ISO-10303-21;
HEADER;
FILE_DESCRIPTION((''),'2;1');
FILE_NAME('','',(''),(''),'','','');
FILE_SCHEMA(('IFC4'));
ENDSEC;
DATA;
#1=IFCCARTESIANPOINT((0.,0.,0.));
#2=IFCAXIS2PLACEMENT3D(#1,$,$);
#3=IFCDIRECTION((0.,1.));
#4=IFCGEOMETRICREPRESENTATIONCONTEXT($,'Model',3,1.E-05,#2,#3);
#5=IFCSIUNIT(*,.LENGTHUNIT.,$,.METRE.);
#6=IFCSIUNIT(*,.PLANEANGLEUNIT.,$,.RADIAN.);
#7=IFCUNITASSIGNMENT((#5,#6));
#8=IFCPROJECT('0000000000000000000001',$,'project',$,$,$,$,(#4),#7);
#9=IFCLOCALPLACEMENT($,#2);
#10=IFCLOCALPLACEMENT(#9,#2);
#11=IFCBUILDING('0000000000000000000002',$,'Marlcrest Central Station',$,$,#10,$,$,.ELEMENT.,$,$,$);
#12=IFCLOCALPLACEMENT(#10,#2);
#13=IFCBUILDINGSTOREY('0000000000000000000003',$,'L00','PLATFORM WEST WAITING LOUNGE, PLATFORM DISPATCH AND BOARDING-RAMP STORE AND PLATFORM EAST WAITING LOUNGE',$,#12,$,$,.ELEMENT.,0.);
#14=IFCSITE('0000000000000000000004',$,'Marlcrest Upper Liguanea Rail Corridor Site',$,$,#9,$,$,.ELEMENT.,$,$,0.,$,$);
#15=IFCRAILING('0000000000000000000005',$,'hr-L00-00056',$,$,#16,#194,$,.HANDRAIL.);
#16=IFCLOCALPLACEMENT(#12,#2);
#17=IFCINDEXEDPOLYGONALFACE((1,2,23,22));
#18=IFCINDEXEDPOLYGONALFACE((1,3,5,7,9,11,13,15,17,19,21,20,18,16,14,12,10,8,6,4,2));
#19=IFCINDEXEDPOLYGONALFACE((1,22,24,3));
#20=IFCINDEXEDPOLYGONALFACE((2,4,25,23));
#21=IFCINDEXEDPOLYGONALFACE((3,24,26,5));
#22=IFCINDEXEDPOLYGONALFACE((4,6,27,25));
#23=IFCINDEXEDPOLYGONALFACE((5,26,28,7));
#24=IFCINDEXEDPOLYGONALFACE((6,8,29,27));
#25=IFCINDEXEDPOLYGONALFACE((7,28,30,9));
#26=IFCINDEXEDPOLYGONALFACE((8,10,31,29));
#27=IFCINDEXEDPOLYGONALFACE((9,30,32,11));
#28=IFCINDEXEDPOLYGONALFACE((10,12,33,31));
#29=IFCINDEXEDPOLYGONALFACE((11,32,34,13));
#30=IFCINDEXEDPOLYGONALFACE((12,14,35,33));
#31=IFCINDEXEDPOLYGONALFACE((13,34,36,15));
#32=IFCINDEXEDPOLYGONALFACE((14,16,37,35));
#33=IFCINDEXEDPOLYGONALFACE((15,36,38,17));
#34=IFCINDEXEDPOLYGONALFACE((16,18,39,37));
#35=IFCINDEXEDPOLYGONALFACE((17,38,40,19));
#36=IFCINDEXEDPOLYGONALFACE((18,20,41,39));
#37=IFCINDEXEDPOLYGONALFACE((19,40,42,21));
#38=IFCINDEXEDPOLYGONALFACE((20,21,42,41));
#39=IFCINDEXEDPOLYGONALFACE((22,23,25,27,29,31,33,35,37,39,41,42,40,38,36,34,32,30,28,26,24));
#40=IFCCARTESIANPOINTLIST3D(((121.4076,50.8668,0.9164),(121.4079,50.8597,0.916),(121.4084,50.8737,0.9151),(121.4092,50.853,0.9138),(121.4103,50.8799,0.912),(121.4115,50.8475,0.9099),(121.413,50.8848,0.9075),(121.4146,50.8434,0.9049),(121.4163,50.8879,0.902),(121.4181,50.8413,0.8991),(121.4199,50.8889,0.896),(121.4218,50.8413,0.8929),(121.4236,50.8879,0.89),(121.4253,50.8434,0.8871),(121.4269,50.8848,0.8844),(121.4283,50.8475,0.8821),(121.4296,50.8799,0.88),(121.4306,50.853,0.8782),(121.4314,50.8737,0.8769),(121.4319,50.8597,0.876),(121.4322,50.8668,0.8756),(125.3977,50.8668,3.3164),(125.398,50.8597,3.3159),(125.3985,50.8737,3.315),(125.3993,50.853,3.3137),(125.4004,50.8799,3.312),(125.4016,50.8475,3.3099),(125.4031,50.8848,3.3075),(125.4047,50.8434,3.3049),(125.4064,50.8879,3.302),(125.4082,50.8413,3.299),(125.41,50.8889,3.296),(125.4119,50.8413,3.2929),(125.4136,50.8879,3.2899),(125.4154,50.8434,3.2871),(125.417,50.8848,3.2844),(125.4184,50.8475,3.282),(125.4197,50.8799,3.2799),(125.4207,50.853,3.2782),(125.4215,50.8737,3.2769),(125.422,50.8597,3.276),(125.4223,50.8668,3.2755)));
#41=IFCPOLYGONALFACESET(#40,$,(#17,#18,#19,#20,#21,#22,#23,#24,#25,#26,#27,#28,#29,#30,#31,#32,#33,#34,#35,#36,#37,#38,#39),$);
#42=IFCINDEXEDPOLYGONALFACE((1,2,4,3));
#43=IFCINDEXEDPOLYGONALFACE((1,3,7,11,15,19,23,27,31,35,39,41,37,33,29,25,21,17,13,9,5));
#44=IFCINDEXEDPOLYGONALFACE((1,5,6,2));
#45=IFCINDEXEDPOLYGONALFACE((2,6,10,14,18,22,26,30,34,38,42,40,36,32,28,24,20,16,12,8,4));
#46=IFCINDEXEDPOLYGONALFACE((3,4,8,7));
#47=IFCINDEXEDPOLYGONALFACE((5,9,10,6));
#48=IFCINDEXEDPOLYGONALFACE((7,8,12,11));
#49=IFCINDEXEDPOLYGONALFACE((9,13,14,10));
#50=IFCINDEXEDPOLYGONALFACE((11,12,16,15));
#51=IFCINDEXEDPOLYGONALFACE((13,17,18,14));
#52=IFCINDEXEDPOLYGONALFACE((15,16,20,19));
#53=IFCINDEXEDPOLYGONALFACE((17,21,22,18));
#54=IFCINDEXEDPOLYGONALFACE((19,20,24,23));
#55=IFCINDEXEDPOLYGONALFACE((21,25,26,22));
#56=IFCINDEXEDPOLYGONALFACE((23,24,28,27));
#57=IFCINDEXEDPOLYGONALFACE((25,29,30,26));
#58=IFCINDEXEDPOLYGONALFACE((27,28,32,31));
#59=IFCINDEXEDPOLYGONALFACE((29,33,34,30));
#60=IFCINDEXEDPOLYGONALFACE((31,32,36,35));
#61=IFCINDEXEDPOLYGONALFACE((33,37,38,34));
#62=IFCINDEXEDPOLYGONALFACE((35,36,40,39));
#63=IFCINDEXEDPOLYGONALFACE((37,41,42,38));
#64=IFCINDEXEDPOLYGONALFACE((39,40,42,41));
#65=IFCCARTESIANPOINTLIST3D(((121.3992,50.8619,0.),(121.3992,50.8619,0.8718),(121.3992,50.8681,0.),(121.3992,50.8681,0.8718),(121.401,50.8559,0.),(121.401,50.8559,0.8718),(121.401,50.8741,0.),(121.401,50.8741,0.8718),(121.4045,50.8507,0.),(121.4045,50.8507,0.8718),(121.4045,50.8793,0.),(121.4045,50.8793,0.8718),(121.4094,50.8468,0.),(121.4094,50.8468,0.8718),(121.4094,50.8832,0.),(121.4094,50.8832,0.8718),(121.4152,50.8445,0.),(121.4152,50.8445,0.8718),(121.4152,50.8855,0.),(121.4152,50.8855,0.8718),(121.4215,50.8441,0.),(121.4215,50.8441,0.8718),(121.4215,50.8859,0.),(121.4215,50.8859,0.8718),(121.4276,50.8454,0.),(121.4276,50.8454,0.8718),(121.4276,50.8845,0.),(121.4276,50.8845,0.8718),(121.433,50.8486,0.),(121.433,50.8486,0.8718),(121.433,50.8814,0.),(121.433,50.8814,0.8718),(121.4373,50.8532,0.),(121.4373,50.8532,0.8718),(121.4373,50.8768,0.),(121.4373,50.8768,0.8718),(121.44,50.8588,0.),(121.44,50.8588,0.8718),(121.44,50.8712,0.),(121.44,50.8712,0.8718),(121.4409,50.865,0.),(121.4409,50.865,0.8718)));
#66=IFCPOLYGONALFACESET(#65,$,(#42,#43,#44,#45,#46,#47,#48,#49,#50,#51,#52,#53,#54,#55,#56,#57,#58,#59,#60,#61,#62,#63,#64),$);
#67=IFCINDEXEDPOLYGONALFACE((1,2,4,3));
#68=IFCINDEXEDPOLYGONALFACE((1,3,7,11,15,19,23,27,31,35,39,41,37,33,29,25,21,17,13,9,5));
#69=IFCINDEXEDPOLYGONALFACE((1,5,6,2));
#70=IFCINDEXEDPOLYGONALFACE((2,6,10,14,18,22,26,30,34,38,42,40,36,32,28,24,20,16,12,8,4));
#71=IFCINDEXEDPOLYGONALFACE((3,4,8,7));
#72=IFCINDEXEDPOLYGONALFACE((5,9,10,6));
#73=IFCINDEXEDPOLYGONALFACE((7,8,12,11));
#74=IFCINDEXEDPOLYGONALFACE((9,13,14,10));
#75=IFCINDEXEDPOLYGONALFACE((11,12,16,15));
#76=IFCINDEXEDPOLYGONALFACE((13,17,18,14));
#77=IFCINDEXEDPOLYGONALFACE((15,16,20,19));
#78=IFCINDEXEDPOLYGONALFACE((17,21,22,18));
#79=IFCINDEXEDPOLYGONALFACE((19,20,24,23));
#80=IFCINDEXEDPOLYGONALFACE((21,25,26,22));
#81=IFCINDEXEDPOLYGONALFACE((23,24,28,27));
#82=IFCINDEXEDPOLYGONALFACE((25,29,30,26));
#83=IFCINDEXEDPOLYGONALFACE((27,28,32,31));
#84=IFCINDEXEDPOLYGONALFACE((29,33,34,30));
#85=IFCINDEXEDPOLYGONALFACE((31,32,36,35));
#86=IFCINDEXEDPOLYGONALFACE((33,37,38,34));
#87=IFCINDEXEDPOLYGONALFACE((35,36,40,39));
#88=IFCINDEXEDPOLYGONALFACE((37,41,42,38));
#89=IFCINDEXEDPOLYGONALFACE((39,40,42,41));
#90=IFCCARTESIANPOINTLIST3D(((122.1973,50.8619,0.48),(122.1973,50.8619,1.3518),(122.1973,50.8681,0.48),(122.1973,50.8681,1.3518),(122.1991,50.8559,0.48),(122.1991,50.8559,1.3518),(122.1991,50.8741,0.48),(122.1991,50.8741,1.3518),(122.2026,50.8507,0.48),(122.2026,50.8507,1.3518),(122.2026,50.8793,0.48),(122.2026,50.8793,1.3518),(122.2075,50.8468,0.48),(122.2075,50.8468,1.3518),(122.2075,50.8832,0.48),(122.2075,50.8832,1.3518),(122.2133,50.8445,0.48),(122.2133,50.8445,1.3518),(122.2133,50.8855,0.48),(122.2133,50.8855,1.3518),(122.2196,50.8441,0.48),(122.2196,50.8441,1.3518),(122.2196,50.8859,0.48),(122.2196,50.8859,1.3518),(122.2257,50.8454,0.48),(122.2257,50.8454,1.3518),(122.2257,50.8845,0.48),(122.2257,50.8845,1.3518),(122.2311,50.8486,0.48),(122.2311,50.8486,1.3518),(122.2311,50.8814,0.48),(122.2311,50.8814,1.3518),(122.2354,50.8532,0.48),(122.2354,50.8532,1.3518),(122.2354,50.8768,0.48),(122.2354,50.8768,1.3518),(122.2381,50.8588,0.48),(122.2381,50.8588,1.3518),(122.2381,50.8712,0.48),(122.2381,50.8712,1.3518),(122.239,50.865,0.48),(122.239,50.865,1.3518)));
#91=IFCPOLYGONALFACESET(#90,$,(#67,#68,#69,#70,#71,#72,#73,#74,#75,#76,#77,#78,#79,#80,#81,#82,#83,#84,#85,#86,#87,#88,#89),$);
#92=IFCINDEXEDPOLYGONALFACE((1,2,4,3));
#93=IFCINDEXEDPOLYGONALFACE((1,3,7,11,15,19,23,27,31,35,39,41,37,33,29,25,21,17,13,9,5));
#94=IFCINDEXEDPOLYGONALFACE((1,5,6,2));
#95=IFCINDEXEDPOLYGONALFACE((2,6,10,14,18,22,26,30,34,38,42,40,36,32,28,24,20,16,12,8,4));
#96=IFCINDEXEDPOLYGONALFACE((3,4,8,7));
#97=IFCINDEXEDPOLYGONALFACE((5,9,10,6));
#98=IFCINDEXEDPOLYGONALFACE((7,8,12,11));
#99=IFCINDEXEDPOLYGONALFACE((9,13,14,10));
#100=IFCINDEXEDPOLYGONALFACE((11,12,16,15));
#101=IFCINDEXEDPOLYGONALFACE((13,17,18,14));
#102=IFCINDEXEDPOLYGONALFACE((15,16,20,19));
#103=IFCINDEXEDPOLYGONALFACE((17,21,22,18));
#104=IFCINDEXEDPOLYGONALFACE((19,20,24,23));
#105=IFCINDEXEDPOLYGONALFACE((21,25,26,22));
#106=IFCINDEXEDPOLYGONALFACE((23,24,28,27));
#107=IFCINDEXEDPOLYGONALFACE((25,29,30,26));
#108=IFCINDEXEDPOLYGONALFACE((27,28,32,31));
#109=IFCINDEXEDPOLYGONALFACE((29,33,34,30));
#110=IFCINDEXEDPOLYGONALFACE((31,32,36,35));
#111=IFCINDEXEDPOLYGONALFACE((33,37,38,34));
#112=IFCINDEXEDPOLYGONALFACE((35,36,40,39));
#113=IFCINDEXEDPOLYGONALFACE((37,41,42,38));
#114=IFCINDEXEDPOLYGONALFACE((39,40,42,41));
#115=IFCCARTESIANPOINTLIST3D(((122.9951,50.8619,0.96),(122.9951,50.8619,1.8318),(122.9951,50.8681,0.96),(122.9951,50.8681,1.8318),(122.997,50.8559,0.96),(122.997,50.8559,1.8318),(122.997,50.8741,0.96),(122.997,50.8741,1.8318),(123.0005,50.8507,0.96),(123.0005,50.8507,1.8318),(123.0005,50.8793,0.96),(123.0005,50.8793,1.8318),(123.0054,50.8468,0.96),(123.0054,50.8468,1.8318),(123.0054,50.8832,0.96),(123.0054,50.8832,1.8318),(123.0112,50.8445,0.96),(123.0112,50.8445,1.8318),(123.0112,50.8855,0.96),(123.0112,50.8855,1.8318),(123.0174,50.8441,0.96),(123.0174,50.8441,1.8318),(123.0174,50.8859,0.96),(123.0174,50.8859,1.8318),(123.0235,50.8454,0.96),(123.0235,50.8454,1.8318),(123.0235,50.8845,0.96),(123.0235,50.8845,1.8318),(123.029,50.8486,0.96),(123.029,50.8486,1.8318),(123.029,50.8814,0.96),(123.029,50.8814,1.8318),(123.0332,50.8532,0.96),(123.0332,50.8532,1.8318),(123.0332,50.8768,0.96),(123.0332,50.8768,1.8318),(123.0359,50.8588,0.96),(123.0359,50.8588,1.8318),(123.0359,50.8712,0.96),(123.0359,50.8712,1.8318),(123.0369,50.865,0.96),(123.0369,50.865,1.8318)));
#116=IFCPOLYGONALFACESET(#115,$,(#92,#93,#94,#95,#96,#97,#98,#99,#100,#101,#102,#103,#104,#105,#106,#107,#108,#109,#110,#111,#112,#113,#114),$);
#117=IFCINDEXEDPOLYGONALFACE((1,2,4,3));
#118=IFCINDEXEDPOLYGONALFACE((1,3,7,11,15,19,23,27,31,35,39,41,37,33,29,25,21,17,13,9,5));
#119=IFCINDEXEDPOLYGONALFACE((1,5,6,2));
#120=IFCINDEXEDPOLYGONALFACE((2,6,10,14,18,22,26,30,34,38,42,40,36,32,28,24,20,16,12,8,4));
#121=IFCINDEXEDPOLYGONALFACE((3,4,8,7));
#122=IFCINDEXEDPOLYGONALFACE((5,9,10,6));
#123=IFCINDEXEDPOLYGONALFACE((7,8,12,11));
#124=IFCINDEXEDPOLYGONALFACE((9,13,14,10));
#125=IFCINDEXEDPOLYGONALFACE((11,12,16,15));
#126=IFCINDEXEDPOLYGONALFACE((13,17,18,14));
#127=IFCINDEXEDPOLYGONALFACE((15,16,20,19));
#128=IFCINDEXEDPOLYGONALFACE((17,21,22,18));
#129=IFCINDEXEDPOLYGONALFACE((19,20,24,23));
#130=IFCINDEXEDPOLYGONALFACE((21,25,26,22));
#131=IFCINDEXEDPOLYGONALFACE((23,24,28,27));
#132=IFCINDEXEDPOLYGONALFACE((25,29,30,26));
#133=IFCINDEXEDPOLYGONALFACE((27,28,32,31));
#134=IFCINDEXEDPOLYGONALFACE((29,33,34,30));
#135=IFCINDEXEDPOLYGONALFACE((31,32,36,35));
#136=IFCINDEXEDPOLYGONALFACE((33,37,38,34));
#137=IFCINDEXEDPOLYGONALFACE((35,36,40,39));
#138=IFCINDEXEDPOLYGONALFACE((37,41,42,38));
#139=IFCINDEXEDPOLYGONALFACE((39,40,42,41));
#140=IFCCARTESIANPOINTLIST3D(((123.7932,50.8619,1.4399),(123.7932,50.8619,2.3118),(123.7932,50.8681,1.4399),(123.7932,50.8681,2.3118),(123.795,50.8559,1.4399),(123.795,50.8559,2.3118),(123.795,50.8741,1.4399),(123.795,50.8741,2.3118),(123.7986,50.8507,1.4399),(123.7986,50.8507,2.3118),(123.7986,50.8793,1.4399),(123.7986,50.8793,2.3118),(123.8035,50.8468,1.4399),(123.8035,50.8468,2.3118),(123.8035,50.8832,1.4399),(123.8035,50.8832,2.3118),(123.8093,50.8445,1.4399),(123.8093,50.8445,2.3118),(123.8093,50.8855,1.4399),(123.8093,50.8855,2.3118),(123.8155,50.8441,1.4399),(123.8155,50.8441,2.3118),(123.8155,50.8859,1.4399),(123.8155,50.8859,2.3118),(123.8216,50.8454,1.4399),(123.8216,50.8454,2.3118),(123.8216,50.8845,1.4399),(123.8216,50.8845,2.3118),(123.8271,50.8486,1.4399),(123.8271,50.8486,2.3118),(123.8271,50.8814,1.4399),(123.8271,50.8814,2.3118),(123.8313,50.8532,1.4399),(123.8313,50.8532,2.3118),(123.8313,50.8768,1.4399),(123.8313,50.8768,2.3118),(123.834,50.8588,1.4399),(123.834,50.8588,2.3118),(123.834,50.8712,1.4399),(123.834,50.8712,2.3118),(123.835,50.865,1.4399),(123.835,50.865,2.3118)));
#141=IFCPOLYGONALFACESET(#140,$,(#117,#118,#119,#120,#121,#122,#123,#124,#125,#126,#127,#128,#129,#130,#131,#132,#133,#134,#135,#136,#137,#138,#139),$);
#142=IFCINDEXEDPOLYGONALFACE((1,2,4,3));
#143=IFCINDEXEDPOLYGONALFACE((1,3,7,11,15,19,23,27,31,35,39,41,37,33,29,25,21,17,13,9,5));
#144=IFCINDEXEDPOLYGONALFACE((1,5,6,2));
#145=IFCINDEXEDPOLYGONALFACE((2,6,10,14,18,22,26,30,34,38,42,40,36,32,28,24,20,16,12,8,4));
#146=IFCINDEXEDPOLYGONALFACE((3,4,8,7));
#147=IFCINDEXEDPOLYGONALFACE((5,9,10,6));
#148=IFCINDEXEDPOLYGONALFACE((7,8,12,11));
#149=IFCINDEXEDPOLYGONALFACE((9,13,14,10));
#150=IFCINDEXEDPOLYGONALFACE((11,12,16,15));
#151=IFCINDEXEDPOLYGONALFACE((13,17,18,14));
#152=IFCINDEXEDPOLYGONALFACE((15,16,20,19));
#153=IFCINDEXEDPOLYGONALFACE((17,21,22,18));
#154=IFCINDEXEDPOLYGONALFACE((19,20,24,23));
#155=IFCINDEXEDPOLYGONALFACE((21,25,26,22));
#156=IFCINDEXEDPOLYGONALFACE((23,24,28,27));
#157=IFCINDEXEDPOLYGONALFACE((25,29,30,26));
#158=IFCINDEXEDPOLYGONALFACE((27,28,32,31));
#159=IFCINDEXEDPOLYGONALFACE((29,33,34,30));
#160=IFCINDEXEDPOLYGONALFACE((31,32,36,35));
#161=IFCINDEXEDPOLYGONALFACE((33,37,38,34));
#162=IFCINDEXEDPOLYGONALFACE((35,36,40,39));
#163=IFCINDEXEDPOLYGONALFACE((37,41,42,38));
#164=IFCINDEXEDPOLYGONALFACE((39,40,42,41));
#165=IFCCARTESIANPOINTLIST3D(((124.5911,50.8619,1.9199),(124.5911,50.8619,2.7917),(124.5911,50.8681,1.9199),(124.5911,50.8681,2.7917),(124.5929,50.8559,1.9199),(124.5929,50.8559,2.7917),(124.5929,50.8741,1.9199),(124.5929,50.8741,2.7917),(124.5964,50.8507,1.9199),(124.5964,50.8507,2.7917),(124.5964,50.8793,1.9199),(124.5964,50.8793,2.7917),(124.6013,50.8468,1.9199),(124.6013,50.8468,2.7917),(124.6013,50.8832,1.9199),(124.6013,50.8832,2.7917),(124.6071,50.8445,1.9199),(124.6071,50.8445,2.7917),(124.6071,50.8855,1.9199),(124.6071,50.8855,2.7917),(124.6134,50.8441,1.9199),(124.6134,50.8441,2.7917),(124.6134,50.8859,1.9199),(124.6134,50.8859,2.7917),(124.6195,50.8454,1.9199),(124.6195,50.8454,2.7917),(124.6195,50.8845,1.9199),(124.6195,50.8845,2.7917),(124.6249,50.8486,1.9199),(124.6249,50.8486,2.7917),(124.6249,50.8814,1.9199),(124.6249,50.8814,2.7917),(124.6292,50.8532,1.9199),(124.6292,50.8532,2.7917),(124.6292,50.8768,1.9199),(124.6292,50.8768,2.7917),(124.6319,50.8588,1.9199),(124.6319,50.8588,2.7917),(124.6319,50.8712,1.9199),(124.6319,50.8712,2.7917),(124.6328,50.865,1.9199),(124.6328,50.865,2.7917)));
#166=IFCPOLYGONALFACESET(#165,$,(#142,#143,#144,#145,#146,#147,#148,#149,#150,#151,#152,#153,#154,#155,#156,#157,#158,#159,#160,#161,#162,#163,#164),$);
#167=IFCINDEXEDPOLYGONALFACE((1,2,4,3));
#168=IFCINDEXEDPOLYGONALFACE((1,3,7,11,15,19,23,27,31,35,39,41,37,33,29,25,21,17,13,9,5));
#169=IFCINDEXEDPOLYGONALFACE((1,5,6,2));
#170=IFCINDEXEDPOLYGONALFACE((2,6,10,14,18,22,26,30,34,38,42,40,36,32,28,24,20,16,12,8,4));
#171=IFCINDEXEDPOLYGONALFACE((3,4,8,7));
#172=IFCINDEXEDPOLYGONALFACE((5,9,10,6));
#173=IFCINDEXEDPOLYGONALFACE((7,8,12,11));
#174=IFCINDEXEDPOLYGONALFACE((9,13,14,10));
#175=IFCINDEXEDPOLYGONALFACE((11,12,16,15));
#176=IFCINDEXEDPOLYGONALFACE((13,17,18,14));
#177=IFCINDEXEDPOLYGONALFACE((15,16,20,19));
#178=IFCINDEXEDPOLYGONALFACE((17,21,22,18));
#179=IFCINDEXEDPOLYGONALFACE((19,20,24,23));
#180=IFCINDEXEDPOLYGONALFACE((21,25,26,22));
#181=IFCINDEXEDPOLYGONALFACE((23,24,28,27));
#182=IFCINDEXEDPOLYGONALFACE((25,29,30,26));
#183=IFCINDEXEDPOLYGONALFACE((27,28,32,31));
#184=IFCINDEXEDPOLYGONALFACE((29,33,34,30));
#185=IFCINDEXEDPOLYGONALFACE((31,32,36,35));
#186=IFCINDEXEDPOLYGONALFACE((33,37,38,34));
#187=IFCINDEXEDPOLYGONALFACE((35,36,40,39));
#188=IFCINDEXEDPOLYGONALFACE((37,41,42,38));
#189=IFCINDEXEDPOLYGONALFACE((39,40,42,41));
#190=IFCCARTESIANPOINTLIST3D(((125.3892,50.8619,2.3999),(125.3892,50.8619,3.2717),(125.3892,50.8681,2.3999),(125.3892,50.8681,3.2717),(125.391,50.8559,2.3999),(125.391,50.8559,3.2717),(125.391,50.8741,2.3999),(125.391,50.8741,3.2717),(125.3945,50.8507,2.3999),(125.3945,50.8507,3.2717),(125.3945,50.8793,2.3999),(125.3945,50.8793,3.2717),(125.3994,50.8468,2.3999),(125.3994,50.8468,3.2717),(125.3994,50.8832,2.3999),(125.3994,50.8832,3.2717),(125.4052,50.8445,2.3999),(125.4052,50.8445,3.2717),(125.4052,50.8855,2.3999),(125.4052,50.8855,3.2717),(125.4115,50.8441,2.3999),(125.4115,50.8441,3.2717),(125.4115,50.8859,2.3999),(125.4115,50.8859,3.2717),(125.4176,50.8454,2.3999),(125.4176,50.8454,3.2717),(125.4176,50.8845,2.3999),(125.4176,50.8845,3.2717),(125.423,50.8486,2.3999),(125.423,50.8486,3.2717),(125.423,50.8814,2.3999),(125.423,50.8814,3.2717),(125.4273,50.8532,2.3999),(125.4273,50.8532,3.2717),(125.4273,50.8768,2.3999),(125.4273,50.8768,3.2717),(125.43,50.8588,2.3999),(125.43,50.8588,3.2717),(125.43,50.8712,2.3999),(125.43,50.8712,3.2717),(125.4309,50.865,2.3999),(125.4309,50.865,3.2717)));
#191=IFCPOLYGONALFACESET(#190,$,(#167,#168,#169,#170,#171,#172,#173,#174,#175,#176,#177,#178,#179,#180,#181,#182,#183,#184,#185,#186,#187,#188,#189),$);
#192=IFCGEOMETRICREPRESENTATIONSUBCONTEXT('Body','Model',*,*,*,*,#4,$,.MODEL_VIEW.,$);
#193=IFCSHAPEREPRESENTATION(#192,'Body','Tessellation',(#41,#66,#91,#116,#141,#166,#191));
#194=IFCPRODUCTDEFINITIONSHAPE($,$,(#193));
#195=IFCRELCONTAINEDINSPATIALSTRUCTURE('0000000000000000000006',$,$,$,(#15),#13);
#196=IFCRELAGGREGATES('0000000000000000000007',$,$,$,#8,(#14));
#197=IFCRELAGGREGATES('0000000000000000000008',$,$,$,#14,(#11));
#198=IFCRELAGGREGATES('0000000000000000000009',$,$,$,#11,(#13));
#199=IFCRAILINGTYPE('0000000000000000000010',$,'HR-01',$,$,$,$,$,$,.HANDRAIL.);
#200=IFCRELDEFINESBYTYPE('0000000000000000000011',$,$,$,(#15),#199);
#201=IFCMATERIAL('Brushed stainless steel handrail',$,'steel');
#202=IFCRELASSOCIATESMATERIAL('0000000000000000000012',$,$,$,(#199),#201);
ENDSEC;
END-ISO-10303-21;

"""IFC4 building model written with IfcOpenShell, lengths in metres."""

from ifc_helpers import new_model, si_unit, direction, frame, origin, origin_2d, place, context, subcontext, project, spatial, circle, extrude, material, type_object, element, save


model = new_model("IFC4")

# Units and contexts
model_context = context("Model", 3, precision=1e-05, world=origin(), true_north=direction((0.0, 1.0)))
body_context = subcontext(model_context, "Body", "Model", "MODEL_VIEW")
ifc_project = project(units=[si_unit("LENGTHUNIT", "METRE"), si_unit("PLANEANGLEUNIT", "RADIAN")], contexts=[model_context])

# Site, building, storey
site_placement = place(None, origin())
site = spatial("IfcSite", under=ifc_project, at=site_placement, Name="Marlcrest Upper Liguanea Rail Corridor Site", CompositionType="ELEMENT", RefElevation=0.0)
building_placement = place(site_placement, origin())
building = spatial("IfcBuilding", under=site, at=building_placement, Name="Marlcrest Central Station", CompositionType="ELEMENT")
storey_placement = place(building_placement, origin())
storey = spatial("IfcBuildingStorey", under=building, at=storey_placement, Name="L00", Description="PLATFORM WEST WAITING LOUNGE, PLATFORM DISPATCH AND BOARDING-RAMP STORE AND PLATFORM EAST WAITING LOUNGE", CompositionType="ELEMENT", Elevation=0.0)

# Railing
ifc_material_1 = material(Name="Brushed stainless steel handrail", Category="steel")
railing_type = type_object("IfcRailingType", Name="HR-01", PredefinedType="HANDRAIL", material=ifc_material_1)
for number, where, name in (
    (1, (121.4199, 50.865, 0.0), "hr-L00-00056"),
):
    element("IfcRailing", number, at=place(storey_placement, frame(where)), inside=storey, type_object=railing_type, Name=name, PredefinedType="HANDRAIL", context=body_context, shape_type="SweptSolid", body=[
        extrude(circle(Radius=0.0239, at=origin_2d()), frame((0.0, 0.0, 0.896), z_axis=(0.856933, 0.0, 0.515428), x_axis=(0.0, 1.0, 0.0)), (0.0, 0.0, 1.0), 4.6562),
        extrude(circle(Radius=0.021, at=origin_2d()), origin(), (0.0, 0.0, 1.0), 0.8718),
        extrude(circle(Radius=0.021, at=origin_2d()), frame((0.7981, 0.0, 0.48)), (0.0, 0.0, 1.0), 0.8718),
        extrude(circle(Radius=0.021, at=origin_2d()), frame((1.5959, 0.0, 0.96)), (0.0, 0.0, 1.0), 0.8718),
        extrude(circle(Radius=0.021, at=origin_2d()), frame((2.394, 0.0, 1.4399)), (0.0, 0.0, 1.0), 0.8718),
        extrude(circle(Radius=0.021, at=origin_2d()), frame((3.1919, 0.0, 1.9199)), (0.0, 0.0, 1.0), 0.8718),
        extrude(circle(Radius=0.021, at=origin_2d()), frame((3.99, 0.0, 2.3999)), (0.0, 0.0, 1.0), 0.8718),
    ])

save(model, "model.ifc")
